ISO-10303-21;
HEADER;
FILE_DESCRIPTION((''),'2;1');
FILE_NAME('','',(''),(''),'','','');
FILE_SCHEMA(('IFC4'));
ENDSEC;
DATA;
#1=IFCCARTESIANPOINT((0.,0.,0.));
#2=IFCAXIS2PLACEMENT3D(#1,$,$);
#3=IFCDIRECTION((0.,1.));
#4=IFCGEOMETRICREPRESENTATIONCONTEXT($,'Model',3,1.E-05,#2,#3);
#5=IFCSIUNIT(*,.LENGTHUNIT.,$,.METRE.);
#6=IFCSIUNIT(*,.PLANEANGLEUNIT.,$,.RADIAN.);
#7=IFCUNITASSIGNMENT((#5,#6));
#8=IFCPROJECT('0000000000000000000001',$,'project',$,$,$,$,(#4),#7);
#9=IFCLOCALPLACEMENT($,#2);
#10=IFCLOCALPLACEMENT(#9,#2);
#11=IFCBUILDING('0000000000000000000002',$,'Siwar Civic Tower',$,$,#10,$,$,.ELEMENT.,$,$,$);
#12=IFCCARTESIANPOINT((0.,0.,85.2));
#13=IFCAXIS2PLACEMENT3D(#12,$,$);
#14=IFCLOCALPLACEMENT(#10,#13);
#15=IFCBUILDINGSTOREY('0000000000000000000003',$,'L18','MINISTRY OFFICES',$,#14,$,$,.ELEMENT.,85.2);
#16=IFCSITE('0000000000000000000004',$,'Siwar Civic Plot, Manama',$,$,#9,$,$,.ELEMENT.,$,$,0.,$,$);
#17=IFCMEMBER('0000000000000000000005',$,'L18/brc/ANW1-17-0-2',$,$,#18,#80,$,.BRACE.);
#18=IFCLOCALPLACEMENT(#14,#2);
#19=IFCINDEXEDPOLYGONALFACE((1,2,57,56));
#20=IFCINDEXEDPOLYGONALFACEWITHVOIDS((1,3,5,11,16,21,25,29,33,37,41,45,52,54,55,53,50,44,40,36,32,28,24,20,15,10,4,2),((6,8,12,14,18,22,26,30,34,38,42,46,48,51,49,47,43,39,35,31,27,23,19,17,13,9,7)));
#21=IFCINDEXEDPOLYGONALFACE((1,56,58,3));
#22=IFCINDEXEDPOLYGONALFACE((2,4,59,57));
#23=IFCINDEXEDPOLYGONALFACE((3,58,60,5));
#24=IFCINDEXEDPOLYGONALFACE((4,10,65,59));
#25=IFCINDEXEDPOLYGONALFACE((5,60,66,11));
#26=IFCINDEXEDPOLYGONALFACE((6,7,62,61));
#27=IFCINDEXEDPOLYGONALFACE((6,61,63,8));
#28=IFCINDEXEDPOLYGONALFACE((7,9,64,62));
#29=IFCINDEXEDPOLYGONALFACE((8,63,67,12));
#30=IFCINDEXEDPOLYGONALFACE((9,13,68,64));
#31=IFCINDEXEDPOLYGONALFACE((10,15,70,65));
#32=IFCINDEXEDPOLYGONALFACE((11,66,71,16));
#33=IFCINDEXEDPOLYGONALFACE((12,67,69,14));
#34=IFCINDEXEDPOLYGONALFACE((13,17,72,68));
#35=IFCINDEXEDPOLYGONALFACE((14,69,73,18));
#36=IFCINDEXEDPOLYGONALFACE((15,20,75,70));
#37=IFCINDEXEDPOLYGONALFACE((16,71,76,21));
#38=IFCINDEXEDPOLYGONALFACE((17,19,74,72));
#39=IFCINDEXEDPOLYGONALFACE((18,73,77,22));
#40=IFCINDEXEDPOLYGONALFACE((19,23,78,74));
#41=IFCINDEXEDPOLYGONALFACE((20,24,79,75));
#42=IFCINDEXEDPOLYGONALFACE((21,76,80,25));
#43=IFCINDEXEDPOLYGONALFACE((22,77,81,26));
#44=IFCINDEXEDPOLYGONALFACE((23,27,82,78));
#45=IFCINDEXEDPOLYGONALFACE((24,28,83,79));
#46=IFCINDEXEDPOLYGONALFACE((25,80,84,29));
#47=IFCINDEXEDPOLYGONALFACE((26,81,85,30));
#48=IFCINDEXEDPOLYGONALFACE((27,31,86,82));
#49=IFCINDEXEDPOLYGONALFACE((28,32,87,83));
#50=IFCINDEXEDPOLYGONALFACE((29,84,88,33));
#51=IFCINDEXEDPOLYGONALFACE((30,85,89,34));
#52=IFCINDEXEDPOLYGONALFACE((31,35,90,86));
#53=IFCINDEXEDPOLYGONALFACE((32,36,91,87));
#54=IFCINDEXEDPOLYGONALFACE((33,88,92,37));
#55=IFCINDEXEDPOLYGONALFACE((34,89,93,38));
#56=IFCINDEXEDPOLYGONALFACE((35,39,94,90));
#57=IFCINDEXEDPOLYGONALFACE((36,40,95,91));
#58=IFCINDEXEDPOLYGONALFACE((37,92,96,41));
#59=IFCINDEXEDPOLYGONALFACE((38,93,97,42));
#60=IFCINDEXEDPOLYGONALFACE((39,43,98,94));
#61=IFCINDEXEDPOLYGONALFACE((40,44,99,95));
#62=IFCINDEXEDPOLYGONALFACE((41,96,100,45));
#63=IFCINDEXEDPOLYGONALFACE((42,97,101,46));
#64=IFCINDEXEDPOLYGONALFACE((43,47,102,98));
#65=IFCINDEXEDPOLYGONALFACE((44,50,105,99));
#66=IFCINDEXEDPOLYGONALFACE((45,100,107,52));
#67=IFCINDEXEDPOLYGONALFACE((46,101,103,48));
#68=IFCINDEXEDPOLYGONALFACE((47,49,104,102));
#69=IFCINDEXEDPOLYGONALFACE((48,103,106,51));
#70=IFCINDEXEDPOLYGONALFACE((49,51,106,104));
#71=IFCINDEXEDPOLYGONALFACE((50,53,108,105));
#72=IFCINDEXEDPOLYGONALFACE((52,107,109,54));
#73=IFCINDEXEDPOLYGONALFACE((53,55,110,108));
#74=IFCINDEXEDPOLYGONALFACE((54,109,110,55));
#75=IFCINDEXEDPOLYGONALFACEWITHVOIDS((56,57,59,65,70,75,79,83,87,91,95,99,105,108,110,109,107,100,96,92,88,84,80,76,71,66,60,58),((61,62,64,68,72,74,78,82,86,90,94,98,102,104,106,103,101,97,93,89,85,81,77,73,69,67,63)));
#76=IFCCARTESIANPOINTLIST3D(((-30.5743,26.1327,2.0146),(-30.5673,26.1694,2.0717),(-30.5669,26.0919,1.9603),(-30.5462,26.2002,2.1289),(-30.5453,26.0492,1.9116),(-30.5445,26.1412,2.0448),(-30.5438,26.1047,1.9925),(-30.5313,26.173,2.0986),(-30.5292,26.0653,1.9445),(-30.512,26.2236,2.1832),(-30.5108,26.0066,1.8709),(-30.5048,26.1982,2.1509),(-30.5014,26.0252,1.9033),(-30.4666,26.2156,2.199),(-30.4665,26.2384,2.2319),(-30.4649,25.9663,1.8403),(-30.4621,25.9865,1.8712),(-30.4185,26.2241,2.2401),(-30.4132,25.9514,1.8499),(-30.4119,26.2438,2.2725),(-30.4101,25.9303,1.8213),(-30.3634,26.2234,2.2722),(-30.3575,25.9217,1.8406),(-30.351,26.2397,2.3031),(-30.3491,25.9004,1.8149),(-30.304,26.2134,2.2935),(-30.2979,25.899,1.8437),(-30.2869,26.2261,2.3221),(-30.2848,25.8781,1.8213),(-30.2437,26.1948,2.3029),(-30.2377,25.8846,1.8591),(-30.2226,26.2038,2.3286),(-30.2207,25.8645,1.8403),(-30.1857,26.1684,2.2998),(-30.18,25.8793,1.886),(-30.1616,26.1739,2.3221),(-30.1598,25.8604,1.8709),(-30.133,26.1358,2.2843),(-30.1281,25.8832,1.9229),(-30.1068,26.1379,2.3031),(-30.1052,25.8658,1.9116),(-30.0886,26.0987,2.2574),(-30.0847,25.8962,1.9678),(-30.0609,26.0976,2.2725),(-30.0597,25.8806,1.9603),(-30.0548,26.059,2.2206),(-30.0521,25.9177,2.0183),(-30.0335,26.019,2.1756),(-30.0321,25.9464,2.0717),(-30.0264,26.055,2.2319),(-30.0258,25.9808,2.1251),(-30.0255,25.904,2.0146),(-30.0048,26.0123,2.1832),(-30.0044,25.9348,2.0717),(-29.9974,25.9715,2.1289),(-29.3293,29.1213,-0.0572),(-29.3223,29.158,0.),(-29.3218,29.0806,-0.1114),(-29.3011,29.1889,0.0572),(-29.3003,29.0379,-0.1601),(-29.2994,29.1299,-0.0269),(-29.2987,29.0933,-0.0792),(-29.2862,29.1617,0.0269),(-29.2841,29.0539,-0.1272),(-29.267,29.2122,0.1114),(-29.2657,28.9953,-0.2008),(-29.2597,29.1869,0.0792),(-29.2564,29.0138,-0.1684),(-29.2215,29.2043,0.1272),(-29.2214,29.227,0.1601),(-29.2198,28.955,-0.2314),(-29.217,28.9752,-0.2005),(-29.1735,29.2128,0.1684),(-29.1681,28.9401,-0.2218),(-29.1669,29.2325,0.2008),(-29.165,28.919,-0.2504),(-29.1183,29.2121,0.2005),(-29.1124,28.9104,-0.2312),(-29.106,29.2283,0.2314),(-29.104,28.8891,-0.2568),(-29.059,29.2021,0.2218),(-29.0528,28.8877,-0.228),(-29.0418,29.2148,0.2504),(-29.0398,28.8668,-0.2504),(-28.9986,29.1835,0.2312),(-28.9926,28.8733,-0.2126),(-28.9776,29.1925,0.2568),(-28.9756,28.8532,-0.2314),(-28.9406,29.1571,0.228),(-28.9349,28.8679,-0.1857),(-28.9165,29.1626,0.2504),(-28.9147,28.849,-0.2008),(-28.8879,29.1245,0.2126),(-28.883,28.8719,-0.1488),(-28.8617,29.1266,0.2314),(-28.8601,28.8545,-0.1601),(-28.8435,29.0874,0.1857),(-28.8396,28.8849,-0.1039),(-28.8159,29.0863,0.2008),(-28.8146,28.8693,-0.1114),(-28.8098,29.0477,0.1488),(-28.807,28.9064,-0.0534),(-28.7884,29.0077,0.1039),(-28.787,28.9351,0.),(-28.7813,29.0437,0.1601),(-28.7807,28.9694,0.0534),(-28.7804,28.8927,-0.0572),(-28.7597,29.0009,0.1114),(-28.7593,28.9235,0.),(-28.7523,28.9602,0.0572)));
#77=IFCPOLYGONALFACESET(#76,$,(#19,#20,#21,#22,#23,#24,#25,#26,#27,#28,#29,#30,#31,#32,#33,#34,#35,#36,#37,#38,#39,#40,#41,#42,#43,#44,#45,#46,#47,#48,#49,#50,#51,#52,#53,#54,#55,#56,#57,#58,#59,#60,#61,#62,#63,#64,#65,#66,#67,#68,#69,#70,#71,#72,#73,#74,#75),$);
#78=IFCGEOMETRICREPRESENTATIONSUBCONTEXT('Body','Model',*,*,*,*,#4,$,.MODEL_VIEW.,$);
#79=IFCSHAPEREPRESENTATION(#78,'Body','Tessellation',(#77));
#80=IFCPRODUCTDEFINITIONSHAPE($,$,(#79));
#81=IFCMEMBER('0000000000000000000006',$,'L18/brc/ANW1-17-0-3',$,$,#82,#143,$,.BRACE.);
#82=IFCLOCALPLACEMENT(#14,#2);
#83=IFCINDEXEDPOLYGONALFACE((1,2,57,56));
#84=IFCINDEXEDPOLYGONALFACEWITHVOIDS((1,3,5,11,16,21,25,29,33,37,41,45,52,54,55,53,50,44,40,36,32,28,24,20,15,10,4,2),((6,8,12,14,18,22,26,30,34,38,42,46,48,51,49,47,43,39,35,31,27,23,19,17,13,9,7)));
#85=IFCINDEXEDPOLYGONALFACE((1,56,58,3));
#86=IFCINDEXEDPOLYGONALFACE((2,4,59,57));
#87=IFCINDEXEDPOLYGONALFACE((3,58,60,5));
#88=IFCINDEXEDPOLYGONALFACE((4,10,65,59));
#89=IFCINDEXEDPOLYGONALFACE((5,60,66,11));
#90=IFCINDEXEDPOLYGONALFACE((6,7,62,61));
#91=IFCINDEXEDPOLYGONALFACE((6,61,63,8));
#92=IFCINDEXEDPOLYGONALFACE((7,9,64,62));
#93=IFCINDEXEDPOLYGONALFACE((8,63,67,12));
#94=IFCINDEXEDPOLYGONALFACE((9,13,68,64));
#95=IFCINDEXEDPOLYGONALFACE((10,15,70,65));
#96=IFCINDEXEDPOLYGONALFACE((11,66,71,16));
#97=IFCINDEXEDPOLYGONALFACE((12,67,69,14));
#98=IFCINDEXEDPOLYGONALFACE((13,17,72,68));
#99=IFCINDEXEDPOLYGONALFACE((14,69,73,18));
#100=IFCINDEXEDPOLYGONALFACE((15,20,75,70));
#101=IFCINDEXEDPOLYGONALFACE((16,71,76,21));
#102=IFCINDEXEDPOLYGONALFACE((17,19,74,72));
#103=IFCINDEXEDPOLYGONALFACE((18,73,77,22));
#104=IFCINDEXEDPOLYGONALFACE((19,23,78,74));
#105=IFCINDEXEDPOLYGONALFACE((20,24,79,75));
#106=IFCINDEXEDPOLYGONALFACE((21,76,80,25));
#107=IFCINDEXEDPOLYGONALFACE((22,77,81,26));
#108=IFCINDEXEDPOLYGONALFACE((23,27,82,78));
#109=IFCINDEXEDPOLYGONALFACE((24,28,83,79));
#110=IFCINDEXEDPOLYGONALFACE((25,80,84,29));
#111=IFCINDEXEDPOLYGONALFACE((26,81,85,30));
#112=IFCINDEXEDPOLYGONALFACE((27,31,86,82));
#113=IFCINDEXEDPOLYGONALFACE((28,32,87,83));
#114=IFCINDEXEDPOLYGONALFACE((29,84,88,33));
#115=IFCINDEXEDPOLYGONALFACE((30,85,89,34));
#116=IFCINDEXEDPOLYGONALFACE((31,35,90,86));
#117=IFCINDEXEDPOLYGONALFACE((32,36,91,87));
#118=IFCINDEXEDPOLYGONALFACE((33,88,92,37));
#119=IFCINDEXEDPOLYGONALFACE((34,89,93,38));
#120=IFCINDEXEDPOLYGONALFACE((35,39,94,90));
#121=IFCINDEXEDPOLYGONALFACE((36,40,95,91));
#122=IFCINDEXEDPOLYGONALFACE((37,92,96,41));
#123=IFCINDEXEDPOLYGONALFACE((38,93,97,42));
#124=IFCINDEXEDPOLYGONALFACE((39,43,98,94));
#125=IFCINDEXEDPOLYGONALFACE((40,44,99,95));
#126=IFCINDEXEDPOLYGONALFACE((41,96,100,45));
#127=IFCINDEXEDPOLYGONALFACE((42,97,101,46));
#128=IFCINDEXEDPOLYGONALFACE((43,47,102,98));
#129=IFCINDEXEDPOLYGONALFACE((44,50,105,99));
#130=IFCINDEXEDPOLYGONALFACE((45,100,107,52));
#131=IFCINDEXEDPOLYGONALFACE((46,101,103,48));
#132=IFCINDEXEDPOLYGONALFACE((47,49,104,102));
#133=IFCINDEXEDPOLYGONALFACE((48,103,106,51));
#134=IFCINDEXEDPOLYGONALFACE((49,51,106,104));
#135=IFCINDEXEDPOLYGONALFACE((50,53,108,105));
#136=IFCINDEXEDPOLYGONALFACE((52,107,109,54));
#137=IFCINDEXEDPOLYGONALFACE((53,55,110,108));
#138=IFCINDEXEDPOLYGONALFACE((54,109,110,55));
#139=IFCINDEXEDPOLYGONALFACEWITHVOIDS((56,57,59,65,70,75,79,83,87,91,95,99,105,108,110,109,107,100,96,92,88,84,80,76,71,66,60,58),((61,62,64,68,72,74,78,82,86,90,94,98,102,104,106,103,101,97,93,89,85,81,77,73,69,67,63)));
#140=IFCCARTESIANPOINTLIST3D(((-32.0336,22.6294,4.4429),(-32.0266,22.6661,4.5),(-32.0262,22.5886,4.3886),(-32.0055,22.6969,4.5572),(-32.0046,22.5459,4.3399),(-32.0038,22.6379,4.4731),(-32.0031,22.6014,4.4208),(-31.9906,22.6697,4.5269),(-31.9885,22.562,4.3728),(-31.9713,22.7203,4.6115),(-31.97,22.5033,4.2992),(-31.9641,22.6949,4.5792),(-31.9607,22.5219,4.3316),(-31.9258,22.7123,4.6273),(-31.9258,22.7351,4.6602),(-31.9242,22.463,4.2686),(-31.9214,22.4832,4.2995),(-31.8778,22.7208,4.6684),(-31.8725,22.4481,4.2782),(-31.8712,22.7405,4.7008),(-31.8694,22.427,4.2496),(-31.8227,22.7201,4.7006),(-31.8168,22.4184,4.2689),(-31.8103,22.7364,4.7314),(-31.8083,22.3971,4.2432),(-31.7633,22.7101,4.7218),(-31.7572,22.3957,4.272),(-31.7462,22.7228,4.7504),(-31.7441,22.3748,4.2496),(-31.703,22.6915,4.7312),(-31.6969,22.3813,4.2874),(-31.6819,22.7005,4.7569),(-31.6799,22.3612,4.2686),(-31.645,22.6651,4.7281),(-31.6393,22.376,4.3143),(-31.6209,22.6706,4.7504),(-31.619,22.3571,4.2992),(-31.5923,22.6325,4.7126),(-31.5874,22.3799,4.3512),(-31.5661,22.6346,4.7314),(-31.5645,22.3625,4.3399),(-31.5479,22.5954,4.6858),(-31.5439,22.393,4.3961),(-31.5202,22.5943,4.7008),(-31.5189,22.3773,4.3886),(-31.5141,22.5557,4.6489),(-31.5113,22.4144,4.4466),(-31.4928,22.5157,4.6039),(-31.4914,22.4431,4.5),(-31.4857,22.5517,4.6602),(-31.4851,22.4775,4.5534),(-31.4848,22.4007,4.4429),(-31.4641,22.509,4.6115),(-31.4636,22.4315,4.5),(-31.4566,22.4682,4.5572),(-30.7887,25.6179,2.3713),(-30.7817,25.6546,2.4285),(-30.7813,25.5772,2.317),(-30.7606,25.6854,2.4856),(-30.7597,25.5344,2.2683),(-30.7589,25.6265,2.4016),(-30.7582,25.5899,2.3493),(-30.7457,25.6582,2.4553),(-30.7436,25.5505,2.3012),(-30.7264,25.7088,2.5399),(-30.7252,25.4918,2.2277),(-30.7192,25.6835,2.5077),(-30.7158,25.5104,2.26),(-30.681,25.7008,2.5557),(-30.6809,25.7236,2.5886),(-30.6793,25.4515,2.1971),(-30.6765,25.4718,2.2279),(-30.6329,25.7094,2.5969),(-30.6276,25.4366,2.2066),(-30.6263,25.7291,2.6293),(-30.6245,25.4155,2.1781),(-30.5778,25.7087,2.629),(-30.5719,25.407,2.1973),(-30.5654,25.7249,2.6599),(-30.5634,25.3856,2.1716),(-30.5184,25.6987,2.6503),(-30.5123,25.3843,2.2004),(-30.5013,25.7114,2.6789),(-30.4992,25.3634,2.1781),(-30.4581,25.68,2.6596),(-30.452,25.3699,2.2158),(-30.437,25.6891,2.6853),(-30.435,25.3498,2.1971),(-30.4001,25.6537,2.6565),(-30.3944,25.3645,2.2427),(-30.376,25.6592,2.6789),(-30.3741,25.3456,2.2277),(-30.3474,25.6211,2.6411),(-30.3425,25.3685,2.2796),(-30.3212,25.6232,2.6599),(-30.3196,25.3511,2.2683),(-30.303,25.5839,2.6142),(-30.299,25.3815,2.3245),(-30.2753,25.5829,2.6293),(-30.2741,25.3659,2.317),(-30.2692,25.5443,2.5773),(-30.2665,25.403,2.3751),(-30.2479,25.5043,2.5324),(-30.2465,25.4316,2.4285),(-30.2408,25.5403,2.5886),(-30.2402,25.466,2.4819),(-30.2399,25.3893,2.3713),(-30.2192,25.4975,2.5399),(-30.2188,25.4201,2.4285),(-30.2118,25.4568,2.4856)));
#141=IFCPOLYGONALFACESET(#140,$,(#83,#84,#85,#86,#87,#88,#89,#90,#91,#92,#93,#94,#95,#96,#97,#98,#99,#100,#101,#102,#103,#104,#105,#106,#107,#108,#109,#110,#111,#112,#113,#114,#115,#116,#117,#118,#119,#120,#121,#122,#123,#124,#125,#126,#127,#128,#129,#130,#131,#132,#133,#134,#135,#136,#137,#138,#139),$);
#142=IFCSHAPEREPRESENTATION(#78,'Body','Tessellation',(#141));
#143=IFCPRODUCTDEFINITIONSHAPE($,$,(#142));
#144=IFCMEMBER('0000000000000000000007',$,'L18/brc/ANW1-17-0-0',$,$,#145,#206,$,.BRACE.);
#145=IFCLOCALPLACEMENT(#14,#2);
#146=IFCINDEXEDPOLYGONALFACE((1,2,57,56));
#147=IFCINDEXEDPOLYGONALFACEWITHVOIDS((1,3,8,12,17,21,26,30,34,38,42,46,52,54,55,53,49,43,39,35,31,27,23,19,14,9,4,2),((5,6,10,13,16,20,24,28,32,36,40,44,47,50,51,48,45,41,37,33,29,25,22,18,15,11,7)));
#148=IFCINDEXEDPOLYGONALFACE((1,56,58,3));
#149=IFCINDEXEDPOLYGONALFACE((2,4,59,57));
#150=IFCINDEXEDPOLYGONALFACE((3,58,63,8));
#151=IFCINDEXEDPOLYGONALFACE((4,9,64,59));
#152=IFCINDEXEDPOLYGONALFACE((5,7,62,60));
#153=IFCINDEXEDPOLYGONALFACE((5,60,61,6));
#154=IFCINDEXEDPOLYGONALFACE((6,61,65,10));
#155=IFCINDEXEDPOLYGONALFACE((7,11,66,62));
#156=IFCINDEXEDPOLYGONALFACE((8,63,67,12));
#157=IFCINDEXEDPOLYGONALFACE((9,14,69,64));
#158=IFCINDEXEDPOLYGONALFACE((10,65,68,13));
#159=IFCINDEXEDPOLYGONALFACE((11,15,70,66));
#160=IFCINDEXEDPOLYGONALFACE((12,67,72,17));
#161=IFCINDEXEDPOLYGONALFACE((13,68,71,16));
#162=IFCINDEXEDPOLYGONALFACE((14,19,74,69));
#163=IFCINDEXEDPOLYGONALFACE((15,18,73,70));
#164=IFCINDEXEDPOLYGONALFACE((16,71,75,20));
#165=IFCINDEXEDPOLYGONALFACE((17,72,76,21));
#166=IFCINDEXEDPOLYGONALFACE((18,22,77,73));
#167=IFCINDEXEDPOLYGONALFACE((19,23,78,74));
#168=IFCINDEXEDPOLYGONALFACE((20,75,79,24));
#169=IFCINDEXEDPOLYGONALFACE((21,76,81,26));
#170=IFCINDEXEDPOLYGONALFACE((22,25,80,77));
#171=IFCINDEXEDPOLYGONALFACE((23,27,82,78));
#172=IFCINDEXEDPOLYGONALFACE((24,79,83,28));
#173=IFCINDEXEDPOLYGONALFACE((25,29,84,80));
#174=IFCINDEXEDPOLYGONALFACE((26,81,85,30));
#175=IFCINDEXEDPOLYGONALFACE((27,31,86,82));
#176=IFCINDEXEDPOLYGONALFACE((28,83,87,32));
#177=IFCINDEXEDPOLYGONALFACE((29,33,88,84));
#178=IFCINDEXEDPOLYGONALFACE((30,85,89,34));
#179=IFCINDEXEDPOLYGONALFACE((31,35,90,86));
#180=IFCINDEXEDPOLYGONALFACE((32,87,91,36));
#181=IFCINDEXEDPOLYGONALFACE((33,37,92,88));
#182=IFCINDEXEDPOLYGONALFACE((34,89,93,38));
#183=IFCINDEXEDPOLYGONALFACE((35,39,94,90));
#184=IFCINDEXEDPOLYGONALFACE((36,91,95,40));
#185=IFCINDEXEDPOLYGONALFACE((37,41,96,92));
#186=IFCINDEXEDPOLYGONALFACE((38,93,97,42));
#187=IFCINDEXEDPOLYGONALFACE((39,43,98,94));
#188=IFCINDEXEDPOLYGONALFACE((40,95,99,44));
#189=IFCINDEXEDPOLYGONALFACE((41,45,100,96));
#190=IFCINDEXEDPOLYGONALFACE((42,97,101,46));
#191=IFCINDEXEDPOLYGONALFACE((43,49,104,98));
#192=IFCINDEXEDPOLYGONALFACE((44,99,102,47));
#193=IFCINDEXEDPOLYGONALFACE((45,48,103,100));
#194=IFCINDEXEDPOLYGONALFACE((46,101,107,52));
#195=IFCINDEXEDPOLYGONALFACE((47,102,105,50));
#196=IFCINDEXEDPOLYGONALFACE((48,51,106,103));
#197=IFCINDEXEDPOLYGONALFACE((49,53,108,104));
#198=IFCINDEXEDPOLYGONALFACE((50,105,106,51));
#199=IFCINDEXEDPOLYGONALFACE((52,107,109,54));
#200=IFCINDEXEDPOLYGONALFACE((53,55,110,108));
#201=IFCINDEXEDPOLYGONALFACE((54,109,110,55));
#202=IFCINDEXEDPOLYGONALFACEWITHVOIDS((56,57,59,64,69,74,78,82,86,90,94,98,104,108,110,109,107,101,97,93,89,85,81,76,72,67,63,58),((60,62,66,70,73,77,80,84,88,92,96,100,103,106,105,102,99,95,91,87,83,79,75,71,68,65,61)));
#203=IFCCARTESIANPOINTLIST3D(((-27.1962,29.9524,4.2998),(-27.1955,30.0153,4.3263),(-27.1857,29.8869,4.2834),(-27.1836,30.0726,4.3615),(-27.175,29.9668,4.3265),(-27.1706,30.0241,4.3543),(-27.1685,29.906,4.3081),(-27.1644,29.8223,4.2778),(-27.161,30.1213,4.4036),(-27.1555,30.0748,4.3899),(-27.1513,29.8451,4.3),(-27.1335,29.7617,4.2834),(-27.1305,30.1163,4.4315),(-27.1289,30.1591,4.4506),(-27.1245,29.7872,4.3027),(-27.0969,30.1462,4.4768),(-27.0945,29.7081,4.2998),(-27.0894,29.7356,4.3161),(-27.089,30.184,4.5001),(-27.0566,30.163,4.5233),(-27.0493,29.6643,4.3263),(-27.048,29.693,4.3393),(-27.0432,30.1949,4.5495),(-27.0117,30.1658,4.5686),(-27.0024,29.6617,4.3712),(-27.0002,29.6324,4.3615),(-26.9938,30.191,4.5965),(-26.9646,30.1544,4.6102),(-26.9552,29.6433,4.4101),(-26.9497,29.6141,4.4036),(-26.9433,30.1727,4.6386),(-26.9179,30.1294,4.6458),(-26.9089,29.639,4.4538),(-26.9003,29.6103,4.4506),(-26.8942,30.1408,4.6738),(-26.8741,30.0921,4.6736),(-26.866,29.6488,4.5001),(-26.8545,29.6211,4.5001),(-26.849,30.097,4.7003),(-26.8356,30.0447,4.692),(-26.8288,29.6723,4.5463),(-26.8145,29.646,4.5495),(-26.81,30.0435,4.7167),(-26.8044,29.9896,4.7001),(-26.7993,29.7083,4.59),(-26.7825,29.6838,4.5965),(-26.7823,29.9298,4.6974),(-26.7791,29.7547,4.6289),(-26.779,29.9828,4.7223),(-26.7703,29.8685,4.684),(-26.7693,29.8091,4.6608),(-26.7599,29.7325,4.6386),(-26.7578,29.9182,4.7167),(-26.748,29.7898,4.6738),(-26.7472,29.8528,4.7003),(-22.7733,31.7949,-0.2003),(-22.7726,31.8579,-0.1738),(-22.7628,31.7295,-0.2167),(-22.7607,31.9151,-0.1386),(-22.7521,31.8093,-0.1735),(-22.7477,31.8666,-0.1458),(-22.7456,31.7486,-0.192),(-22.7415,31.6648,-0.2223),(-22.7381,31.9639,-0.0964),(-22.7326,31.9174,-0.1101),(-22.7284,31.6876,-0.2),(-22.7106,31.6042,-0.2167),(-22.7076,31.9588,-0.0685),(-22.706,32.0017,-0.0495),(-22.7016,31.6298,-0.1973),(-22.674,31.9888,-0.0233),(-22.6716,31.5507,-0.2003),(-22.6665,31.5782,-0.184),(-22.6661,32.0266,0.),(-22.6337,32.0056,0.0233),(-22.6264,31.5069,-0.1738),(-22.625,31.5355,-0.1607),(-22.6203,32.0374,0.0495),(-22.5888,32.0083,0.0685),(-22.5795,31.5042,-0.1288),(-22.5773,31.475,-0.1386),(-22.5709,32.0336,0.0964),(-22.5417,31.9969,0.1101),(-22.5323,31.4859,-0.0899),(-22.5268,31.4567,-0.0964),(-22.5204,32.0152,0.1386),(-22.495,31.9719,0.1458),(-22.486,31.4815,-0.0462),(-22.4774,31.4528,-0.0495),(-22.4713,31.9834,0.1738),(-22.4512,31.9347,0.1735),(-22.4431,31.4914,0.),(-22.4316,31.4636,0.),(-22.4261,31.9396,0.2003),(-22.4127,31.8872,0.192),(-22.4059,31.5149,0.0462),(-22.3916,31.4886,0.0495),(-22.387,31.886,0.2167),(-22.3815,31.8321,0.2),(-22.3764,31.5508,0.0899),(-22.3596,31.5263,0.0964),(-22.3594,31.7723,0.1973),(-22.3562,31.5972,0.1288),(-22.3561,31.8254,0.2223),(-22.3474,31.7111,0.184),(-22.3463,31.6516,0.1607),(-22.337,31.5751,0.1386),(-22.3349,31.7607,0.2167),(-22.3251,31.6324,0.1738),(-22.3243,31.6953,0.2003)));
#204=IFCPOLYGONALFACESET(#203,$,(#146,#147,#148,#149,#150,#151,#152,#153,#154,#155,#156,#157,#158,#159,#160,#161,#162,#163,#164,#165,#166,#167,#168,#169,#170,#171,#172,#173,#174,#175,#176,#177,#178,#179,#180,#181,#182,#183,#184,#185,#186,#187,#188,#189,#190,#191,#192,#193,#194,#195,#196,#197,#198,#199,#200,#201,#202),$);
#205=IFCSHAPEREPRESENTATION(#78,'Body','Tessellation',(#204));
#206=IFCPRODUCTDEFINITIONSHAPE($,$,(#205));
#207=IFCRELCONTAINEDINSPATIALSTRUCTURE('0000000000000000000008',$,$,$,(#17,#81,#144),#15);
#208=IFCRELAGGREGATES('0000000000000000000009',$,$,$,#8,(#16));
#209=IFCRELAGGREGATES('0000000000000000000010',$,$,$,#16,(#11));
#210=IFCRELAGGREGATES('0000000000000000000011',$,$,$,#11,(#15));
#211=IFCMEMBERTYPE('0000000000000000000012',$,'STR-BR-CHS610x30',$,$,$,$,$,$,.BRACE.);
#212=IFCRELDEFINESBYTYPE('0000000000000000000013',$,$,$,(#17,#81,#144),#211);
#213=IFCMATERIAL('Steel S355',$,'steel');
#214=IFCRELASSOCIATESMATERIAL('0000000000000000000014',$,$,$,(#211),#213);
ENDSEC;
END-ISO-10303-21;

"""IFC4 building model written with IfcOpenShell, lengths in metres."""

from ifc_helpers import new_model, si_unit, direction, frame, origin, origin_2d, place, context, subcontext, project, spatial, hollow_circle, extrude, material, material_profile, profile_set, type_object, element, save


model = new_model("IFC4")

# Units and contexts
model_context = context("Model", 3, precision=1e-05, world=origin(), true_north=direction((0.0, 1.0)))
body_context = subcontext(model_context, "Body", "Model", "MODEL_VIEW")
ifc_project = project(units=[si_unit("LENGTHUNIT", "METRE"), si_unit("PLANEANGLEUNIT", "RADIAN")], contexts=[model_context])

# Site, building, storey
site_placement = place(None, origin())
site = spatial("IfcSite", under=ifc_project, at=site_placement, Name="Siwar Civic Plot, Manama", CompositionType="ELEMENT", RefElevation=0.0)
building_placement = place(site_placement, origin())
building = spatial("IfcBuilding", under=site, at=building_placement, Name="Siwar Civic Tower", CompositionType="ELEMENT")
storey_placement = place(building_placement, frame((0.0, 0.0, 85.2)))
storey = spatial("IfcBuildingStorey", under=building, at=storey_placement, Name="L18", Description="MINISTRY OFFICES", CompositionType="ELEMENT", Elevation=85.2)

# Members
ifc_material_1 = material(Name="Steel S355", Category="steel")
ifc_material_profile_1 = material_profile(ifc_material_1, hollow_circle(Radius=0.3049, WallThickness=0.03, at=origin_2d()), Name="CHS610x30")
ifc_profile_set_1 = profile_set([ifc_material_profile_1], Name="Steel S355")
member_type_1 = type_object("IfcMemberType", Name="STR-BR-CHS610x30", PredefinedType="BRACE", material=ifc_profile_set_1)
member_1_placement = place(storey_placement, frame((-29.0408, 29.0408, 0.0), z_axis=(-0.323923, -0.777542, 0.538982), x_axis=(0.923099, -0.384562, 0.0)))
element("IfcMember", 1, at=member_1_placement, inside=storey, type_object=member_type_1, Name="L18/brc/ANW1-17-0-2", PredefinedType="BRACE", context=body_context, shape_type="SweptSolid", body=[
    extrude(hollow_circle(Radius=0.3049, WallThickness=0.03, at=origin_2d()), origin(), (0.0, 0.0, 1.0), 3.8438),
])
member_2_placement = place(storey_placement, frame((-30.5002, 25.5374, 2.4285), z_axis=(-0.323893, -0.77756, 0.538975), x_axis=(0.923115, -0.384524, 0.0)))
element("IfcMember", 2, at=member_2_placement, inside=storey, type_object=member_type_1, Name="L18/brc/ANW1-17-0-3", PredefinedType="BRACE", context=body_context, shape_type="SweptSolid", body=[
    extrude(hollow_circle(Radius=0.3049, WallThickness=0.03, at=origin_2d()), origin(), (0.0, 0.0, 1.0), 3.8435),
])
member_3_placement = place(storey_placement, frame((-22.5488, 31.7451, 0.0), z_axis=(-0.672865, -0.280311, 0.684601), x_axis=(0.384557, -0.923101, 0.0)))
element("IfcMember", 3, at=member_3_placement, inside=storey, type_object=member_type_1, Name="L18/brc/ANW1-17-0-0", PredefinedType="BRACE", context=body_context, shape_type="SweptSolid", body=[
    extrude(hollow_circle(Radius=0.3049, WallThickness=0.03, at=origin_2d()), origin(), (0.0, 0.0, 1.0), 6.5732),
])

save(model, "model.ifc")
